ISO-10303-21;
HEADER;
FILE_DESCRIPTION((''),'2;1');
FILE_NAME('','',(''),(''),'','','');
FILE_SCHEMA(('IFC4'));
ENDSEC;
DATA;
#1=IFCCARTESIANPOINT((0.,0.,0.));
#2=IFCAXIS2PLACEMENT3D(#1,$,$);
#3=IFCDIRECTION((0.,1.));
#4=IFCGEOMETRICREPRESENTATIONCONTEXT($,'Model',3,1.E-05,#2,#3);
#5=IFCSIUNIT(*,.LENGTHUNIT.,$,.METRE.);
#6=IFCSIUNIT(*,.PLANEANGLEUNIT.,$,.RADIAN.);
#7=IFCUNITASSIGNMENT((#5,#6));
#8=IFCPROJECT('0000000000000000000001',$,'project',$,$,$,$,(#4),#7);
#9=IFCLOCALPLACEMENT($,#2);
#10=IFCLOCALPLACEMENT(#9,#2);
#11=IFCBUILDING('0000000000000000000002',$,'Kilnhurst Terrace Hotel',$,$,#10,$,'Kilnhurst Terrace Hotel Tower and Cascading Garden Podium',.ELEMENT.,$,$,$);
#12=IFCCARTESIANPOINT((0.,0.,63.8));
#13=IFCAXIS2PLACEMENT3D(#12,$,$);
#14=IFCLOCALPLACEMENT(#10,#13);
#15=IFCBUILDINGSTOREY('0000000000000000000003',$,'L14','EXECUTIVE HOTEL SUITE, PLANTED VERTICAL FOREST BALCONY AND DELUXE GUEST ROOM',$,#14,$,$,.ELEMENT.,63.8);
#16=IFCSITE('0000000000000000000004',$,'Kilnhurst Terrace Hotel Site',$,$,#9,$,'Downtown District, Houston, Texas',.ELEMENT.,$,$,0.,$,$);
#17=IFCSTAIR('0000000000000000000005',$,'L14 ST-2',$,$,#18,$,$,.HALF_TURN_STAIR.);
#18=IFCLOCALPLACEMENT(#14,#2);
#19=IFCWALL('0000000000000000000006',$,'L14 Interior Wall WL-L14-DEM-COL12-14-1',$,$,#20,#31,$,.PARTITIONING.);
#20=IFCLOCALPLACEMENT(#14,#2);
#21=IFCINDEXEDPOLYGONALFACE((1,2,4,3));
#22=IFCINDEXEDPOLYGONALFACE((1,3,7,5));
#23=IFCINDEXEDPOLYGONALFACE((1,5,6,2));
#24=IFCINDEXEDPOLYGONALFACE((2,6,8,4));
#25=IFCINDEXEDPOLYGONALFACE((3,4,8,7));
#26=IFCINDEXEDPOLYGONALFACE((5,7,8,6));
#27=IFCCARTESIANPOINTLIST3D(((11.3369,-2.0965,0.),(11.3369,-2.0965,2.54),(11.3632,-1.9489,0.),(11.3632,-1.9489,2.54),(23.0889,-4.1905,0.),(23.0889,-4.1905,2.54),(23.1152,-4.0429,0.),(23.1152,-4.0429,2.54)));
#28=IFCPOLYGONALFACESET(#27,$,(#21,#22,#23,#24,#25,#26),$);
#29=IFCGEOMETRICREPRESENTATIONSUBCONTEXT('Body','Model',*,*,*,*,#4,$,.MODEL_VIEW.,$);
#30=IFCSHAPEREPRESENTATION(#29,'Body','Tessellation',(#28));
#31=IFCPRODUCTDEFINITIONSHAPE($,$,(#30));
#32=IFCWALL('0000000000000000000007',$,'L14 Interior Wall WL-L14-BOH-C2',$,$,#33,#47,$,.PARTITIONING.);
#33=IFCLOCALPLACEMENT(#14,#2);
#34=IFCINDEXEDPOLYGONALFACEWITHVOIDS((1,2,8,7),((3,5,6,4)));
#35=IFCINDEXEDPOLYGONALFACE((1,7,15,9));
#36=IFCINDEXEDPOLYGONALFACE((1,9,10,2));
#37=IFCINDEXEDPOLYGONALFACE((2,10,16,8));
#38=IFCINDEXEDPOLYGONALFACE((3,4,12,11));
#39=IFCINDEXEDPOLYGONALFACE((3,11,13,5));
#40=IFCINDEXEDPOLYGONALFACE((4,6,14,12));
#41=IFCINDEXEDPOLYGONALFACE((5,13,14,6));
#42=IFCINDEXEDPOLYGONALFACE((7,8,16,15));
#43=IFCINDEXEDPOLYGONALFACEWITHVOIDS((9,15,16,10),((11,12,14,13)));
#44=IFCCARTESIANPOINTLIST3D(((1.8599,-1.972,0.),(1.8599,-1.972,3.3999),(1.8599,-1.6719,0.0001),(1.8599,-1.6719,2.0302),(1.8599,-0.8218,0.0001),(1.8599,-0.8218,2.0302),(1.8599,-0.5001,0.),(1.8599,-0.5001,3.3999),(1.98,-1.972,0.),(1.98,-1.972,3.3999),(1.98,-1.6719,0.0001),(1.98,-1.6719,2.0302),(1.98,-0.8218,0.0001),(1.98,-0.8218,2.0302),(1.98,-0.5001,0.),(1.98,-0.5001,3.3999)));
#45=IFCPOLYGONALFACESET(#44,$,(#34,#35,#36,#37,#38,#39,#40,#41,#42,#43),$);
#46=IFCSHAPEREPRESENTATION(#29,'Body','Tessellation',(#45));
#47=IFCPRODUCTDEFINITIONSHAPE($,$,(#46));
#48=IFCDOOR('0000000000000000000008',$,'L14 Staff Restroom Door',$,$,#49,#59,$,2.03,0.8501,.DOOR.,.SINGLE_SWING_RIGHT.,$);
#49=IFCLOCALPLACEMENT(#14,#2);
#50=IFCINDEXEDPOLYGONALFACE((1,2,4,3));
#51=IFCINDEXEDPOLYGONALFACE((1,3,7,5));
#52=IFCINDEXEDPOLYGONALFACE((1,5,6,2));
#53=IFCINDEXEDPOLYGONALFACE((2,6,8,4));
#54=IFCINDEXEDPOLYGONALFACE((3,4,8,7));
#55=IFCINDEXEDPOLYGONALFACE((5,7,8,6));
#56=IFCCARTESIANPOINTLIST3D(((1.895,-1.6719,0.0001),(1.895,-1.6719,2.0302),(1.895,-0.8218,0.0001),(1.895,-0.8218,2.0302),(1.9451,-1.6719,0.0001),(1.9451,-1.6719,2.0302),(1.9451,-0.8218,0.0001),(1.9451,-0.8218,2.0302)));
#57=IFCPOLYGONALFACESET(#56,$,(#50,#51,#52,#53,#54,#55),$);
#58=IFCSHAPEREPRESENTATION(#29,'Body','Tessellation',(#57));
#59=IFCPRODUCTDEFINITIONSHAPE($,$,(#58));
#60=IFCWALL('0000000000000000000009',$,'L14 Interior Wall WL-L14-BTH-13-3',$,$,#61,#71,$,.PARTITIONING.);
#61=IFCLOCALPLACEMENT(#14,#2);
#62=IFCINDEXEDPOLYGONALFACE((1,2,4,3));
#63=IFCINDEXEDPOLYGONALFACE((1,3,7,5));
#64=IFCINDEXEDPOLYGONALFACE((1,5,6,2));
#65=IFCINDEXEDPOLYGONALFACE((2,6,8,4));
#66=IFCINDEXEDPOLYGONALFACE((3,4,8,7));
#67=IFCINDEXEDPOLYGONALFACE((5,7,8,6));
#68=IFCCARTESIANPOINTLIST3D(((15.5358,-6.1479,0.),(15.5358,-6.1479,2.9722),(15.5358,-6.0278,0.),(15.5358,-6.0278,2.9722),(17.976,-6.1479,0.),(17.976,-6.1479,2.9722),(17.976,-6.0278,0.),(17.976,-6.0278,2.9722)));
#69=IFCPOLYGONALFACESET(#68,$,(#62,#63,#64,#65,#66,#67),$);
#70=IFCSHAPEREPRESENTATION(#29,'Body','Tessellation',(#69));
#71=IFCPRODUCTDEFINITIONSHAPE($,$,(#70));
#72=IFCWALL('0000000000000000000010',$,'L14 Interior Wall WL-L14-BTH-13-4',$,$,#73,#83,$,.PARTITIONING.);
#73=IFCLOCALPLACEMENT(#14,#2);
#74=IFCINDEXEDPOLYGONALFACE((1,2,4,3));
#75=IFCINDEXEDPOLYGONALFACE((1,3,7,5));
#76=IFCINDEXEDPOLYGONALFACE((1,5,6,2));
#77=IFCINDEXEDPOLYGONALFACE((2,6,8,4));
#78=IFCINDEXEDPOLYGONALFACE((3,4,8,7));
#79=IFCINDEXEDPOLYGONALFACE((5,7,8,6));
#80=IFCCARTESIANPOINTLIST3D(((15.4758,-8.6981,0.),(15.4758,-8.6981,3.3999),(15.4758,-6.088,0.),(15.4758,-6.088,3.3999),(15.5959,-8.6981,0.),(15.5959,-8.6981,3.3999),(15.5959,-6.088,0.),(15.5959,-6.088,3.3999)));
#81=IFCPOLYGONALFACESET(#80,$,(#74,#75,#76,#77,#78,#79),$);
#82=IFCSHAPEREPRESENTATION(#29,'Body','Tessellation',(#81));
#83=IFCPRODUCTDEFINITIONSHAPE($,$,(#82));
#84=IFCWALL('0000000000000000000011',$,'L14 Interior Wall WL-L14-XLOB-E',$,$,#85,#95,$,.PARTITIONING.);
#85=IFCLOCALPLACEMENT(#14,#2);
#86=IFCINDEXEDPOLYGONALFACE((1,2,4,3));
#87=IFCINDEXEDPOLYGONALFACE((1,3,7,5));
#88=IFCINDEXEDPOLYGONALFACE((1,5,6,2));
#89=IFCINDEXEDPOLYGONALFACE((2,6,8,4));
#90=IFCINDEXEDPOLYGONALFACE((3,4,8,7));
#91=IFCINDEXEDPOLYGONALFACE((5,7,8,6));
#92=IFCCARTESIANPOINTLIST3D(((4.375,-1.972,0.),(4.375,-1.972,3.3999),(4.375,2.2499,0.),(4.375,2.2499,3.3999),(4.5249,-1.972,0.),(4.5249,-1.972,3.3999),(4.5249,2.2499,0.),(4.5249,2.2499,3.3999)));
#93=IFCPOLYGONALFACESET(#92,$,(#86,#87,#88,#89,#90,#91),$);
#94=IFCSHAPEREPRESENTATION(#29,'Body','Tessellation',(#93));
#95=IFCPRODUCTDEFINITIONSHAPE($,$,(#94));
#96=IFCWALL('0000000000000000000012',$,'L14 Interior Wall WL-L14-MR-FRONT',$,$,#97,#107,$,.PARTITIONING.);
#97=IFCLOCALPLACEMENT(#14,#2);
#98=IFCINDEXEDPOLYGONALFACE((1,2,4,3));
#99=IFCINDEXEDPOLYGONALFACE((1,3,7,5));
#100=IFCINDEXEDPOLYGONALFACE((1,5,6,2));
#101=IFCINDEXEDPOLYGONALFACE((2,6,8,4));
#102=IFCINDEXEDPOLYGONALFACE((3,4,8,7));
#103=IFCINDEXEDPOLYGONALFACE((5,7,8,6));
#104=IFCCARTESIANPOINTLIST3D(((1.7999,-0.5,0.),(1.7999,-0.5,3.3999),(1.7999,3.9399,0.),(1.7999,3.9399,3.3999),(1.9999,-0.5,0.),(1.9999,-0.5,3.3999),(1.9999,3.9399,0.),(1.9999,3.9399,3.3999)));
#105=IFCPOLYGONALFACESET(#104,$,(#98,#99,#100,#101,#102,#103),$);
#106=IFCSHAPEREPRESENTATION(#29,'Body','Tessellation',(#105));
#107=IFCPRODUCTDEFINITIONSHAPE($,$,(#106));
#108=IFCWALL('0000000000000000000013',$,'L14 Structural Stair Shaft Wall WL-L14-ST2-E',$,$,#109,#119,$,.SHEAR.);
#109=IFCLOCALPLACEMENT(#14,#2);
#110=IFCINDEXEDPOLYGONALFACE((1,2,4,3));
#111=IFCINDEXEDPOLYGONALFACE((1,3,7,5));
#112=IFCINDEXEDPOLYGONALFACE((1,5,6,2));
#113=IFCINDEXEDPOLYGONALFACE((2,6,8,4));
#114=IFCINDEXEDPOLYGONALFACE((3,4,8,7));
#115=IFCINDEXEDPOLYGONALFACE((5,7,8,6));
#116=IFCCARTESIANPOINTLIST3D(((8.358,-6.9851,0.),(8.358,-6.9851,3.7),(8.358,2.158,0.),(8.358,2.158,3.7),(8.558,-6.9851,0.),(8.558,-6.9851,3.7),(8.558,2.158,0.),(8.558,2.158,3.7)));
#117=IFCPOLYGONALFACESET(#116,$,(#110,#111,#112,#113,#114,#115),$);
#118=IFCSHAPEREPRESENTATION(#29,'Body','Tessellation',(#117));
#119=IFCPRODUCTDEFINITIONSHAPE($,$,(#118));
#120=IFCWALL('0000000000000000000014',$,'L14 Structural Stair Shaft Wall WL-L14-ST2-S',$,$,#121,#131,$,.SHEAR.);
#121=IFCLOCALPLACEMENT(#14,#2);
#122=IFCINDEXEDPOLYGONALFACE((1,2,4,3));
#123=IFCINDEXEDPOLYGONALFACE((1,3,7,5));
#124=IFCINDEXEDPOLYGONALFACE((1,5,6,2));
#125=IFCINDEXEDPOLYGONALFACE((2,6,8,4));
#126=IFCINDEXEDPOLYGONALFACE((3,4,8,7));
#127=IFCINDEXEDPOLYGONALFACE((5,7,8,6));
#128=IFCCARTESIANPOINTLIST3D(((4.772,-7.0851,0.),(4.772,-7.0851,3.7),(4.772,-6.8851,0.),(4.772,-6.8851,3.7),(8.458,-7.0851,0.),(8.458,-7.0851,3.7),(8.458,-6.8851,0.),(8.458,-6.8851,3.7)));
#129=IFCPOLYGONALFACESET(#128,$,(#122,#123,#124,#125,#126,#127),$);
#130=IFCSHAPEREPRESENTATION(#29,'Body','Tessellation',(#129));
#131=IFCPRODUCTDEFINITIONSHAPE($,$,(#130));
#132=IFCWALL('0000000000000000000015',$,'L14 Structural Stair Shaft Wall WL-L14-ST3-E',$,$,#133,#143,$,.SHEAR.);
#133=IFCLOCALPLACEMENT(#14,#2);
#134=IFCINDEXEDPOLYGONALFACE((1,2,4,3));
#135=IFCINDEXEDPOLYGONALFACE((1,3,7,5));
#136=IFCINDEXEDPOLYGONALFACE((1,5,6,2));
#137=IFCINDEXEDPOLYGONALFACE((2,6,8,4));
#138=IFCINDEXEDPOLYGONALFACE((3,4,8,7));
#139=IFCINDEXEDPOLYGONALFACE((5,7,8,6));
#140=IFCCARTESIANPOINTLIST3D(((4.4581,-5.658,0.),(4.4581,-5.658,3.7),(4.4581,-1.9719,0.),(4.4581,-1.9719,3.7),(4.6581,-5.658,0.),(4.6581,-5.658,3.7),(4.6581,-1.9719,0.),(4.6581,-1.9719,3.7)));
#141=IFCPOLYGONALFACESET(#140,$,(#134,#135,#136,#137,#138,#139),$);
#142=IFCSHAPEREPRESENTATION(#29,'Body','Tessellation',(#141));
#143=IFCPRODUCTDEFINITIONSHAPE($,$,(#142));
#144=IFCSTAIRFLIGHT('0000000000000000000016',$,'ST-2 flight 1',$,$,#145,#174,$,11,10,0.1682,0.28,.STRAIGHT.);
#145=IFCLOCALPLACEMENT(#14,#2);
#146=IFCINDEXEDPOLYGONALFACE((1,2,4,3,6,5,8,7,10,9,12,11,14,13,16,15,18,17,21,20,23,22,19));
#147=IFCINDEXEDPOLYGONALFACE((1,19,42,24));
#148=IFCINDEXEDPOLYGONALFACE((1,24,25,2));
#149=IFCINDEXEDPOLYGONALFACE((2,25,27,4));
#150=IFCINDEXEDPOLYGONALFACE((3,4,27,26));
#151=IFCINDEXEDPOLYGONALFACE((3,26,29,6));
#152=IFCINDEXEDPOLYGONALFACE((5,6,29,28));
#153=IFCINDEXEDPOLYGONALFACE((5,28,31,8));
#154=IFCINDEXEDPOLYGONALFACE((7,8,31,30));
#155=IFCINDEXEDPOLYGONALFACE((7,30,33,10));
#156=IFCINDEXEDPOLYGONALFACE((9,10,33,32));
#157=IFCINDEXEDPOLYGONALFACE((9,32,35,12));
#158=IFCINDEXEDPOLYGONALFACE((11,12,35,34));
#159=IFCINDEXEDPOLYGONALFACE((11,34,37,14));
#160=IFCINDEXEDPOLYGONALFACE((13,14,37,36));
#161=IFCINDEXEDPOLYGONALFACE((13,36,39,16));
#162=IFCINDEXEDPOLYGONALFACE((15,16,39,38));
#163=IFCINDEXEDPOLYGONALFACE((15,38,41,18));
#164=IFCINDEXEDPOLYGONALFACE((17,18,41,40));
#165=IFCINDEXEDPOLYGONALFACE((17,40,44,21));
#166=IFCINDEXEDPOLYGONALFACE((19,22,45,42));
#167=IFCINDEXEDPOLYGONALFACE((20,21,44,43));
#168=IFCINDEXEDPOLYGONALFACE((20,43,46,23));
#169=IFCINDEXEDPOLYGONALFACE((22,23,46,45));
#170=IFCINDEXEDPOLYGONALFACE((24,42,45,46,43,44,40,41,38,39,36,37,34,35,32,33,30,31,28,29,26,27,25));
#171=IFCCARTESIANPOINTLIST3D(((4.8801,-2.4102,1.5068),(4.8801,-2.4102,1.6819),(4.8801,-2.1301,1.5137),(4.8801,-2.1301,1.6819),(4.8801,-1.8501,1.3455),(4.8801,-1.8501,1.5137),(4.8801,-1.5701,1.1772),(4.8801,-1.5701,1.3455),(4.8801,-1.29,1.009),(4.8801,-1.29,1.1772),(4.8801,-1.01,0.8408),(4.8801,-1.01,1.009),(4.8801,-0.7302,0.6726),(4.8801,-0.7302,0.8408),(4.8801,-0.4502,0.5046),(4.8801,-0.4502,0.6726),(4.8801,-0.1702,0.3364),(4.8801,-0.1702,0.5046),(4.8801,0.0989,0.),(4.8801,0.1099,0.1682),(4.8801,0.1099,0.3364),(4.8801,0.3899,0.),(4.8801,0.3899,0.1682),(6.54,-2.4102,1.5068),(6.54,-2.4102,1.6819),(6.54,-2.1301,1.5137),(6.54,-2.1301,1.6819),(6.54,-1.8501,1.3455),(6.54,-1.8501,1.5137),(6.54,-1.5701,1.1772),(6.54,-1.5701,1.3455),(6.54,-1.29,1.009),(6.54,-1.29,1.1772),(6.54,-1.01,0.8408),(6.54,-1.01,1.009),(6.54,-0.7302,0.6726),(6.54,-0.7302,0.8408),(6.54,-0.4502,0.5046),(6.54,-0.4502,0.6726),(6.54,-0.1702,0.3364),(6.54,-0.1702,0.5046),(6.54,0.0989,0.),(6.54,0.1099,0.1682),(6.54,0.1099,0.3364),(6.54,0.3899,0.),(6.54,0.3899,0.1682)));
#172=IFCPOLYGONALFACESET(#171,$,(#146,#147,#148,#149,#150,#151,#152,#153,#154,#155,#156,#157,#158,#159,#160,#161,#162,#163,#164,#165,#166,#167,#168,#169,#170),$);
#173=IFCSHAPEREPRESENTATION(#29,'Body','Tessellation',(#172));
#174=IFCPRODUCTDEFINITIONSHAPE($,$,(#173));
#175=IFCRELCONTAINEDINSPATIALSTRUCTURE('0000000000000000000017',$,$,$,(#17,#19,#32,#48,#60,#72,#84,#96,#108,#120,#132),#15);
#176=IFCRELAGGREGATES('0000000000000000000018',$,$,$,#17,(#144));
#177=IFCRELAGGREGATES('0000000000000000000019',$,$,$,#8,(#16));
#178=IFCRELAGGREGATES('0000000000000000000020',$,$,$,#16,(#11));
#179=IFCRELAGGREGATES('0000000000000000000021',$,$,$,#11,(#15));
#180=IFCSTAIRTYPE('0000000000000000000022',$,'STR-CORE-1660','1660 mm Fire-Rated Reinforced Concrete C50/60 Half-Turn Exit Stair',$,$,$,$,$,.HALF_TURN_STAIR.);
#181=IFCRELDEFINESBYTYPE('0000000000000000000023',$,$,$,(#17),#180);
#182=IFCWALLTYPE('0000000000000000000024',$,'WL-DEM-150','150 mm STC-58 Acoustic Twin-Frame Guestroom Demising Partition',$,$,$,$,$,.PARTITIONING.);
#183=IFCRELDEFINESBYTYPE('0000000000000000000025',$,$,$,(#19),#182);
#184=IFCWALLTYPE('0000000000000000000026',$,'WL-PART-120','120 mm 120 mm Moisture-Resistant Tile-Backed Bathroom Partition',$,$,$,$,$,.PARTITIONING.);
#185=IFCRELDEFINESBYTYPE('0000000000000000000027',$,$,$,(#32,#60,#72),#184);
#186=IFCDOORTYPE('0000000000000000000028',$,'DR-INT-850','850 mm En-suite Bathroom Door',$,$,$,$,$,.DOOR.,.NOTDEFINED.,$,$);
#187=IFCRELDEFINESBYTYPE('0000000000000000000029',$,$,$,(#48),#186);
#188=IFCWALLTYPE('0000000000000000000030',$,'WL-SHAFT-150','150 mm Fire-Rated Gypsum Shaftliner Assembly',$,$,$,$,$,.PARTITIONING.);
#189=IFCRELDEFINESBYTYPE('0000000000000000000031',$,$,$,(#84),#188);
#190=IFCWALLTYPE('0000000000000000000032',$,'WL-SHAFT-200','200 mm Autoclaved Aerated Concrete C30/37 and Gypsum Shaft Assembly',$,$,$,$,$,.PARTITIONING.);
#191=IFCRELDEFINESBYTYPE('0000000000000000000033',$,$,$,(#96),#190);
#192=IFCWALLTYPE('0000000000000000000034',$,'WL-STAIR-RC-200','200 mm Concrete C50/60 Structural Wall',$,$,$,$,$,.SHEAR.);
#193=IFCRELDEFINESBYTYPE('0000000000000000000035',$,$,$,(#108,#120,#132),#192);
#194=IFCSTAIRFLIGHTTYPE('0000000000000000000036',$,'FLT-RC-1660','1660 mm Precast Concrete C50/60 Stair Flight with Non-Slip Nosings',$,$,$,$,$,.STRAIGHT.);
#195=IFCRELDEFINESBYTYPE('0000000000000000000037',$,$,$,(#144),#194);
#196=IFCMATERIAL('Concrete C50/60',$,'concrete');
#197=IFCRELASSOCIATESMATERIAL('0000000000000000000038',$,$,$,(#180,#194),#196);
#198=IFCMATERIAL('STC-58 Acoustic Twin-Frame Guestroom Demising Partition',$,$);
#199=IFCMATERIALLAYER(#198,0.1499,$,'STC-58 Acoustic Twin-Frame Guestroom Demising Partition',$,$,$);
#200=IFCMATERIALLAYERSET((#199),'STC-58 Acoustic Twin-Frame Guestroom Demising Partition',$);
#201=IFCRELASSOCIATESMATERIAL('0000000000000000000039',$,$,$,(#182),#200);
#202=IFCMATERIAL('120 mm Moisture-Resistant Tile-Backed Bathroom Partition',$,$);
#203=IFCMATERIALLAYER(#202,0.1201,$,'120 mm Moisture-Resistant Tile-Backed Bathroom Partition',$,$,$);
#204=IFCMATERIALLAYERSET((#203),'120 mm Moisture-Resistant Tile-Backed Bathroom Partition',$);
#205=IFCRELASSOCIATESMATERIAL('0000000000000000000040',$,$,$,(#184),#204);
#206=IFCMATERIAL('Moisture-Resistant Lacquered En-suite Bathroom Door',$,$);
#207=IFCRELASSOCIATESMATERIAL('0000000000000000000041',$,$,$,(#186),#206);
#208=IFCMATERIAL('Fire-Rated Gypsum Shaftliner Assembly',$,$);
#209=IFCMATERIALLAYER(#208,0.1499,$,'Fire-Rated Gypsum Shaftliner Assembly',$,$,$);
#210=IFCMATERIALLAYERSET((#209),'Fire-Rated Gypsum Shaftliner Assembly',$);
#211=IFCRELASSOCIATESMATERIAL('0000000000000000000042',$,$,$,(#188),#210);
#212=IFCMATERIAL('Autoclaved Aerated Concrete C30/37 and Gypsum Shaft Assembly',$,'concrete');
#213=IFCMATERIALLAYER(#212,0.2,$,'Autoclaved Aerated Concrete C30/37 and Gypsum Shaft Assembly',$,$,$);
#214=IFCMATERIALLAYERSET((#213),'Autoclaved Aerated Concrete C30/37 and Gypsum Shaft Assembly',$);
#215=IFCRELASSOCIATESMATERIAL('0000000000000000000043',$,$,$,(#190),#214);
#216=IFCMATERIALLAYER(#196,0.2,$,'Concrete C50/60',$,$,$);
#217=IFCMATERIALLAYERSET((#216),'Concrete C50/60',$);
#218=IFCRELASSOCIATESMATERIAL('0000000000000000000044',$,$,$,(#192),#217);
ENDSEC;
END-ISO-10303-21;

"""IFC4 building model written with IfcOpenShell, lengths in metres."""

from ifc_helpers import new_model, si_unit, direction, frame, frame_2d, origin, place, context, subcontext, project, spatial, polyline, rectangle, outline, extrude, material, layer, layer_set, type_object, element, fill, aggregate, save


model = new_model("IFC4")

# Units and contexts
model_context = context("Model", 3, precision=1e-05, world=origin(), true_north=direction((0.0, 1.0)))
body_context = subcontext(model_context, "Body", "Model", "MODEL_VIEW")
ifc_project = project(units=[si_unit("LENGTHUNIT", "METRE"), si_unit("PLANEANGLEUNIT", "RADIAN")], contexts=[model_context])

# Site, building, storey
site_placement = place(None, origin())
site = spatial("IfcSite", under=ifc_project, at=site_placement, Name="Kilnhurst Terrace Hotel Site", LongName="Downtown District, Houston, Texas", CompositionType="ELEMENT", RefElevation=0.0)
building_placement = place(site_placement, origin())
building = spatial("IfcBuilding", under=site, at=building_placement, Name="Kilnhurst Terrace Hotel", LongName="Kilnhurst Terrace Hotel Tower and Cascading Garden Podium", CompositionType="ELEMENT")
storey_placement = place(building_placement, frame((0.0, 0.0, 63.8)))
storey = spatial("IfcBuildingStorey", under=building, at=storey_placement, Name="L14", Description="EXECUTIVE HOTEL SUITE, PLANTED VERTICAL FOREST BALCONY AND DELUXE GUEST ROOM", CompositionType="ELEMENT", Elevation=63.8)

# Shared definitions
ifc_material_1 = material(Name="Concrete C50/60", Category="concrete")

# Stair
stair_type = type_object("IfcStairType", Name="STR-CORE-1660", Description="1660 mm Fire-Rated Reinforced Concrete C50/60 Half-Turn Exit Stair", PredefinedType="HALF_TURN_STAIR", material=ifc_material_1)
stair_1_placement = place(storey_placement, origin())
stair_1 = element("IfcStair", 1, at=stair_1_placement, inside=storey, type_object=stair_type, Name="L14 ST-2", PredefinedType="HALF_TURN_STAIR")

# Wall
ifc_material_2 = material(Name="STC-58 Acoustic Twin-Frame Guestroom Demising Partition")
ifc_layer_1 = layer(ifc_material_2, 0.1499, Name="STC-58 Acoustic Twin-Frame Guestroom Demising Partition")
ifc_layer_set_1 = layer_set([ifc_layer_1], Name="STC-58 Acoustic Twin-Frame Guestroom Demising Partition")
wall_type_1 = type_object("IfcWallType", Name="WL-DEM-150", Description="150 mm STC-58 Acoustic Twin-Frame Guestroom Demising Partition", PredefinedType="PARTITIONING", material=ifc_layer_set_1)
wall_1_placement = place(storey_placement, frame((11.3501, -2.0227, 0.0), z_axis=(0.0, 0.0, 1.0), x_axis=(0.984494, -0.17542, 0.0)))
element("IfcWall", 2, at=wall_1_placement, inside=storey, type_object=wall_type_1, Name="L14 Interior Wall WL-L14-DEM-COL12-14-1", PredefinedType="PARTITIONING", context=body_context, shape_type="SweptSolid", body=[
    extrude(rectangle(XDim=11.937, YDim=0.1499, at=frame_2d((5.9685, 0.0))), origin(), (0.0, 0.0, 1.0), 2.54),
])

# Wall, opening, door
ifc_material_3 = material(Name="120 mm Moisture-Resistant Tile-Backed Bathroom Partition")
ifc_layer_2 = layer(ifc_material_3, 0.1201, Name="120 mm Moisture-Resistant Tile-Backed Bathroom Partition")
ifc_layer_set_2 = layer_set([ifc_layer_2], Name="120 mm Moisture-Resistant Tile-Backed Bathroom Partition")
wall_type_2 = type_object("IfcWallType", Name="WL-PART-120", Description="120 mm 120 mm Moisture-Resistant Tile-Backed Bathroom Partition", PredefinedType="PARTITIONING", material=ifc_layer_set_2)
wall_2_placement = place(storey_placement, frame((1.9199, -1.9719, 0.0), z_axis=(0.0, 0.0, 1.0), x_axis=(0.0, 1.0, 0.0)))
wall_2 = element("IfcWall", 3, at=wall_2_placement, inside=storey, type_object=wall_type_2, Name="L14 Interior Wall WL-L14-BOH-C2", PredefinedType="PARTITIONING", context=body_context, shape_type="SweptSolid", body=[
    extrude(rectangle(XDim=1.4719, YDim=0.1201, at=frame_2d((0.7358, 0.0))), origin(), (0.0, 0.0, 1.0), 3.3999),
])
opening_placement = place(wall_2_placement, frame((0.3, 0.0, 0.0)))
opening = element("IfcOpeningElement", 4, at=opening_placement, cuts=wall_2, PredefinedType="OPENING", context=body_context, shape_type="SweptSolid", body=[
    extrude(rectangle(XDim=0.8501, YDim=2.03, at=frame_2d((0.425, 1.0151))), frame((0.0, 0.0701, 0.0), z_axis=(0.0, -1.0, 0.0), x_axis=(1.0, 0.0, 0.0)), (0.0, 0.0, 1.0), 0.1401),
])
ifc_material_4 = material(Name="Moisture-Resistant Lacquered En-suite Bathroom Door")
door_type = type_object("IfcDoorType", Name="DR-INT-850", Description="850 mm En-suite Bathroom Door", OperationType="NOTDEFINED", PredefinedType="DOOR", material=ifc_material_4)
door_placement = place(opening_placement, origin())
door = element("IfcDoor", 5, at=door_placement, inside=storey, type_object=door_type, Name="L14 Staff Restroom Door", OperationType="SINGLE_SWING_RIGHT", OverallHeight=2.03, OverallWidth=0.8501, PredefinedType="DOOR", context=body_context, shape_type="SweptSolid", body=[
    extrude(rectangle(XDim=0.8501, YDim=2.03, at=frame_2d((0.425, 1.0151))), frame((0.0, 0.0249, 0.0), z_axis=(0.0, -1.0, 0.0), x_axis=(1.0, 0.0, 0.0)), (0.0, 0.0, 1.0), 0.05),
])
fill(opening, door)

# Walls
wall_3_placement = place(storey_placement, frame((17.9761, -6.0879, 0.0), z_axis=(0.0, 0.0, 1.0), x_axis=(-1.0, 0.0, 0.0)))
element("IfcWall", 6, at=wall_3_placement, inside=storey, type_object=wall_type_2, Name="L14 Interior Wall WL-L14-BTH-13-3", PredefinedType="PARTITIONING", context=body_context, shape_type="SweptSolid", body=[
    extrude(rectangle(XDim=2.4402, YDim=0.1201, at=frame_2d((1.2202, 0.0))), origin(), (0.0, 0.0, 1.0), 2.9722),
])
wall_4_placement = place(storey_placement, frame((15.5359, -6.0879, 0.0), z_axis=(0.0, 0.0, 1.0), x_axis=(0.0, -1.0, 0.0)))
element("IfcWall", 7, at=wall_4_placement, inside=storey, type_object=wall_type_2, Name="L14 Interior Wall WL-L14-BTH-13-4", PredefinedType="PARTITIONING", context=body_context, shape_type="SweptSolid", body=[
    extrude(rectangle(XDim=2.6101, YDim=0.1201, at=frame_2d((1.3052, 0.0))), origin(), (0.0, 0.0, 1.0), 3.3999),
])
ifc_material_5 = material(Name="Fire-Rated Gypsum Shaftliner Assembly")
ifc_layer_3 = layer(ifc_material_5, 0.1499, Name="Fire-Rated Gypsum Shaftliner Assembly")
ifc_layer_set_3 = layer_set([ifc_layer_3], Name="Fire-Rated Gypsum Shaftliner Assembly")
wall_type_3 = type_object("IfcWallType", Name="WL-SHAFT-150", Description="150 mm Fire-Rated Gypsum Shaftliner Assembly", PredefinedType="PARTITIONING", material=ifc_layer_set_3)
wall_5_placement = place(storey_placement, frame((4.45, -1.9719, 0.0), z_axis=(0.0, 0.0, 1.0), x_axis=(0.0, 1.0, 0.0)))
element("IfcWall", 8, at=wall_5_placement, inside=storey, type_object=wall_type_3, Name="L14 Interior Wall WL-L14-XLOB-E", PredefinedType="PARTITIONING", context=body_context, shape_type="SweptSolid", body=[
    extrude(rectangle(XDim=4.2219, YDim=0.1499, at=frame_2d((2.1108, 0.0))), origin(), (0.0, 0.0, 1.0), 3.3999),
])
ifc_material_6 = material(Name="Autoclaved Aerated Concrete C30/37 and Gypsum Shaft Assembly", Category="concrete")
ifc_layer_4 = layer(ifc_material_6, 0.2, Name="Autoclaved Aerated Concrete C30/37 and Gypsum Shaft Assembly")
ifc_layer_set_4 = layer_set([ifc_layer_4], Name="Autoclaved Aerated Concrete C30/37 and Gypsum Shaft Assembly")
wall_type_4 = type_object("IfcWallType", Name="WL-SHAFT-200", Description="200 mm Autoclaved Aerated Concrete C30/37 and Gypsum Shaft Assembly", PredefinedType="PARTITIONING", material=ifc_layer_set_4)
wall_6_placement = place(storey_placement, frame((1.8999, -0.5, 0.0), z_axis=(0.0, 0.0, 1.0), x_axis=(0.0, 1.0, 0.0)))
element("IfcWall", 9, at=wall_6_placement, inside=storey, type_object=wall_type_4, Name="L14 Interior Wall WL-L14-MR-FRONT", PredefinedType="PARTITIONING", context=body_context, shape_type="SweptSolid", body=[
    extrude(rectangle(XDim=4.4399, YDim=0.2, at=frame_2d((2.22, 0.0))), origin(), (0.0, 0.0, 1.0), 3.3999),
])
ifc_layer_5 = layer(ifc_material_1, 0.2, Name="Concrete C50/60")
ifc_layer_set_5 = layer_set([ifc_layer_5], Name="Concrete C50/60")
wall_type_5 = type_object("IfcWallType", Name="WL-STAIR-RC-200", Description="200 mm Concrete C50/60 Structural Wall", PredefinedType="SHEAR", material=ifc_layer_set_5)
wall_7_placement = place(storey_placement, frame((8.458, -6.9851, 0.0), z_axis=(0.0, 0.0, 1.0), x_axis=(0.0, 1.0, 0.0)))
element("IfcWall", 10, at=wall_7_placement, inside=storey, type_object=wall_type_5, Name="L14 Structural Stair Shaft Wall WL-L14-ST2-E", PredefinedType="SHEAR", context=body_context, shape_type="SweptSolid", body=[
    extrude(rectangle(XDim=9.1431, YDim=0.2, at=frame_2d((4.5715, 0.0))), origin(), (0.0, 0.0, 1.0), 3.7),
])
for number, where, z_axis, x_axis, name in (
    (11, (4.772, -6.9851, 0.0), (0.0, 0.0, 1.0), (1.0, 0.0, 0.0), "L14 Structural Stair Shaft Wall WL-L14-ST2-S"),
    (12, (4.5581, -5.658, 0.0), (0.0, 0.0, 1.0), (0.0, 1.0, 0.0), "L14 Structural Stair Shaft Wall WL-L14-ST3-E"),
):
    element("IfcWall", number, at=place(storey_placement, frame(where, z_axis=z_axis, x_axis=x_axis)), inside=storey, type_object=wall_type_5, Name=name, PredefinedType="SHEAR", context=body_context, shape_type="SweptSolid", body=[
        extrude(rectangle(XDim=3.686, YDim=0.2, at=frame_2d((1.843, 0.0))), origin(), (0.0, 0.0, 1.0), 3.7),
    ])

# Stair flight
stair_flight_type = type_object("IfcStairFlightType", Name="FLT-RC-1660", Description="1660 mm Precast Concrete C50/60 Stair Flight with Non-Slip Nosings", PredefinedType="STRAIGHT", material=ifc_material_1)
stair_flight_1_placement = place(storey_placement, frame((5.71, 0.3899, 0.0), z_axis=(0.0, 0.0, 1.0), x_axis=(0.0, -1.0, 0.0)))
stair_flight_1 = element("IfcStairFlight", 13, at=stair_flight_1_placement, type_object=stair_flight_type, Name="ST-2 flight 1", NumberOfRisers=11, NumberOfTreads=10, PredefinedType="STRAIGHT", RiserHeight=0.1682, TreadLength=0.28, context=body_context, shape_type="SweptSolid", body=[
    extrude(outline(polyline([(0.0, 0.0), (0.0, 0.1682), (0.28, 0.1682), (0.28, 0.3364), (0.5601, 0.3364), (0.5601, 0.5046), (0.8401, 0.5046), (0.8401, 0.6726), (1.1201, 0.6726), (1.1201, 0.8408), (1.3999, 0.8408), (1.3999, 1.009), (1.6799, 1.009), (1.6799, 1.1772), (1.96, 1.1772), (1.96, 1.3455), (2.24, 1.3455), (2.24, 1.5137), (2.52, 1.5137), (2.52, 1.6819), (2.8, 1.6819), (2.8, 1.8501), (2.8, 1.5068), (0.291, 0.0), (0.0, 0.0)])), frame((0.0, 0.8301, 0.0), z_axis=(0.0, -1.0, 0.0), x_axis=(1.0, 0.0, 0.0)), (0.0, 0.0, 1.0), 1.6599),
])
aggregate(stair_1, [stair_flight_1])

save(model, "model.ifc")
